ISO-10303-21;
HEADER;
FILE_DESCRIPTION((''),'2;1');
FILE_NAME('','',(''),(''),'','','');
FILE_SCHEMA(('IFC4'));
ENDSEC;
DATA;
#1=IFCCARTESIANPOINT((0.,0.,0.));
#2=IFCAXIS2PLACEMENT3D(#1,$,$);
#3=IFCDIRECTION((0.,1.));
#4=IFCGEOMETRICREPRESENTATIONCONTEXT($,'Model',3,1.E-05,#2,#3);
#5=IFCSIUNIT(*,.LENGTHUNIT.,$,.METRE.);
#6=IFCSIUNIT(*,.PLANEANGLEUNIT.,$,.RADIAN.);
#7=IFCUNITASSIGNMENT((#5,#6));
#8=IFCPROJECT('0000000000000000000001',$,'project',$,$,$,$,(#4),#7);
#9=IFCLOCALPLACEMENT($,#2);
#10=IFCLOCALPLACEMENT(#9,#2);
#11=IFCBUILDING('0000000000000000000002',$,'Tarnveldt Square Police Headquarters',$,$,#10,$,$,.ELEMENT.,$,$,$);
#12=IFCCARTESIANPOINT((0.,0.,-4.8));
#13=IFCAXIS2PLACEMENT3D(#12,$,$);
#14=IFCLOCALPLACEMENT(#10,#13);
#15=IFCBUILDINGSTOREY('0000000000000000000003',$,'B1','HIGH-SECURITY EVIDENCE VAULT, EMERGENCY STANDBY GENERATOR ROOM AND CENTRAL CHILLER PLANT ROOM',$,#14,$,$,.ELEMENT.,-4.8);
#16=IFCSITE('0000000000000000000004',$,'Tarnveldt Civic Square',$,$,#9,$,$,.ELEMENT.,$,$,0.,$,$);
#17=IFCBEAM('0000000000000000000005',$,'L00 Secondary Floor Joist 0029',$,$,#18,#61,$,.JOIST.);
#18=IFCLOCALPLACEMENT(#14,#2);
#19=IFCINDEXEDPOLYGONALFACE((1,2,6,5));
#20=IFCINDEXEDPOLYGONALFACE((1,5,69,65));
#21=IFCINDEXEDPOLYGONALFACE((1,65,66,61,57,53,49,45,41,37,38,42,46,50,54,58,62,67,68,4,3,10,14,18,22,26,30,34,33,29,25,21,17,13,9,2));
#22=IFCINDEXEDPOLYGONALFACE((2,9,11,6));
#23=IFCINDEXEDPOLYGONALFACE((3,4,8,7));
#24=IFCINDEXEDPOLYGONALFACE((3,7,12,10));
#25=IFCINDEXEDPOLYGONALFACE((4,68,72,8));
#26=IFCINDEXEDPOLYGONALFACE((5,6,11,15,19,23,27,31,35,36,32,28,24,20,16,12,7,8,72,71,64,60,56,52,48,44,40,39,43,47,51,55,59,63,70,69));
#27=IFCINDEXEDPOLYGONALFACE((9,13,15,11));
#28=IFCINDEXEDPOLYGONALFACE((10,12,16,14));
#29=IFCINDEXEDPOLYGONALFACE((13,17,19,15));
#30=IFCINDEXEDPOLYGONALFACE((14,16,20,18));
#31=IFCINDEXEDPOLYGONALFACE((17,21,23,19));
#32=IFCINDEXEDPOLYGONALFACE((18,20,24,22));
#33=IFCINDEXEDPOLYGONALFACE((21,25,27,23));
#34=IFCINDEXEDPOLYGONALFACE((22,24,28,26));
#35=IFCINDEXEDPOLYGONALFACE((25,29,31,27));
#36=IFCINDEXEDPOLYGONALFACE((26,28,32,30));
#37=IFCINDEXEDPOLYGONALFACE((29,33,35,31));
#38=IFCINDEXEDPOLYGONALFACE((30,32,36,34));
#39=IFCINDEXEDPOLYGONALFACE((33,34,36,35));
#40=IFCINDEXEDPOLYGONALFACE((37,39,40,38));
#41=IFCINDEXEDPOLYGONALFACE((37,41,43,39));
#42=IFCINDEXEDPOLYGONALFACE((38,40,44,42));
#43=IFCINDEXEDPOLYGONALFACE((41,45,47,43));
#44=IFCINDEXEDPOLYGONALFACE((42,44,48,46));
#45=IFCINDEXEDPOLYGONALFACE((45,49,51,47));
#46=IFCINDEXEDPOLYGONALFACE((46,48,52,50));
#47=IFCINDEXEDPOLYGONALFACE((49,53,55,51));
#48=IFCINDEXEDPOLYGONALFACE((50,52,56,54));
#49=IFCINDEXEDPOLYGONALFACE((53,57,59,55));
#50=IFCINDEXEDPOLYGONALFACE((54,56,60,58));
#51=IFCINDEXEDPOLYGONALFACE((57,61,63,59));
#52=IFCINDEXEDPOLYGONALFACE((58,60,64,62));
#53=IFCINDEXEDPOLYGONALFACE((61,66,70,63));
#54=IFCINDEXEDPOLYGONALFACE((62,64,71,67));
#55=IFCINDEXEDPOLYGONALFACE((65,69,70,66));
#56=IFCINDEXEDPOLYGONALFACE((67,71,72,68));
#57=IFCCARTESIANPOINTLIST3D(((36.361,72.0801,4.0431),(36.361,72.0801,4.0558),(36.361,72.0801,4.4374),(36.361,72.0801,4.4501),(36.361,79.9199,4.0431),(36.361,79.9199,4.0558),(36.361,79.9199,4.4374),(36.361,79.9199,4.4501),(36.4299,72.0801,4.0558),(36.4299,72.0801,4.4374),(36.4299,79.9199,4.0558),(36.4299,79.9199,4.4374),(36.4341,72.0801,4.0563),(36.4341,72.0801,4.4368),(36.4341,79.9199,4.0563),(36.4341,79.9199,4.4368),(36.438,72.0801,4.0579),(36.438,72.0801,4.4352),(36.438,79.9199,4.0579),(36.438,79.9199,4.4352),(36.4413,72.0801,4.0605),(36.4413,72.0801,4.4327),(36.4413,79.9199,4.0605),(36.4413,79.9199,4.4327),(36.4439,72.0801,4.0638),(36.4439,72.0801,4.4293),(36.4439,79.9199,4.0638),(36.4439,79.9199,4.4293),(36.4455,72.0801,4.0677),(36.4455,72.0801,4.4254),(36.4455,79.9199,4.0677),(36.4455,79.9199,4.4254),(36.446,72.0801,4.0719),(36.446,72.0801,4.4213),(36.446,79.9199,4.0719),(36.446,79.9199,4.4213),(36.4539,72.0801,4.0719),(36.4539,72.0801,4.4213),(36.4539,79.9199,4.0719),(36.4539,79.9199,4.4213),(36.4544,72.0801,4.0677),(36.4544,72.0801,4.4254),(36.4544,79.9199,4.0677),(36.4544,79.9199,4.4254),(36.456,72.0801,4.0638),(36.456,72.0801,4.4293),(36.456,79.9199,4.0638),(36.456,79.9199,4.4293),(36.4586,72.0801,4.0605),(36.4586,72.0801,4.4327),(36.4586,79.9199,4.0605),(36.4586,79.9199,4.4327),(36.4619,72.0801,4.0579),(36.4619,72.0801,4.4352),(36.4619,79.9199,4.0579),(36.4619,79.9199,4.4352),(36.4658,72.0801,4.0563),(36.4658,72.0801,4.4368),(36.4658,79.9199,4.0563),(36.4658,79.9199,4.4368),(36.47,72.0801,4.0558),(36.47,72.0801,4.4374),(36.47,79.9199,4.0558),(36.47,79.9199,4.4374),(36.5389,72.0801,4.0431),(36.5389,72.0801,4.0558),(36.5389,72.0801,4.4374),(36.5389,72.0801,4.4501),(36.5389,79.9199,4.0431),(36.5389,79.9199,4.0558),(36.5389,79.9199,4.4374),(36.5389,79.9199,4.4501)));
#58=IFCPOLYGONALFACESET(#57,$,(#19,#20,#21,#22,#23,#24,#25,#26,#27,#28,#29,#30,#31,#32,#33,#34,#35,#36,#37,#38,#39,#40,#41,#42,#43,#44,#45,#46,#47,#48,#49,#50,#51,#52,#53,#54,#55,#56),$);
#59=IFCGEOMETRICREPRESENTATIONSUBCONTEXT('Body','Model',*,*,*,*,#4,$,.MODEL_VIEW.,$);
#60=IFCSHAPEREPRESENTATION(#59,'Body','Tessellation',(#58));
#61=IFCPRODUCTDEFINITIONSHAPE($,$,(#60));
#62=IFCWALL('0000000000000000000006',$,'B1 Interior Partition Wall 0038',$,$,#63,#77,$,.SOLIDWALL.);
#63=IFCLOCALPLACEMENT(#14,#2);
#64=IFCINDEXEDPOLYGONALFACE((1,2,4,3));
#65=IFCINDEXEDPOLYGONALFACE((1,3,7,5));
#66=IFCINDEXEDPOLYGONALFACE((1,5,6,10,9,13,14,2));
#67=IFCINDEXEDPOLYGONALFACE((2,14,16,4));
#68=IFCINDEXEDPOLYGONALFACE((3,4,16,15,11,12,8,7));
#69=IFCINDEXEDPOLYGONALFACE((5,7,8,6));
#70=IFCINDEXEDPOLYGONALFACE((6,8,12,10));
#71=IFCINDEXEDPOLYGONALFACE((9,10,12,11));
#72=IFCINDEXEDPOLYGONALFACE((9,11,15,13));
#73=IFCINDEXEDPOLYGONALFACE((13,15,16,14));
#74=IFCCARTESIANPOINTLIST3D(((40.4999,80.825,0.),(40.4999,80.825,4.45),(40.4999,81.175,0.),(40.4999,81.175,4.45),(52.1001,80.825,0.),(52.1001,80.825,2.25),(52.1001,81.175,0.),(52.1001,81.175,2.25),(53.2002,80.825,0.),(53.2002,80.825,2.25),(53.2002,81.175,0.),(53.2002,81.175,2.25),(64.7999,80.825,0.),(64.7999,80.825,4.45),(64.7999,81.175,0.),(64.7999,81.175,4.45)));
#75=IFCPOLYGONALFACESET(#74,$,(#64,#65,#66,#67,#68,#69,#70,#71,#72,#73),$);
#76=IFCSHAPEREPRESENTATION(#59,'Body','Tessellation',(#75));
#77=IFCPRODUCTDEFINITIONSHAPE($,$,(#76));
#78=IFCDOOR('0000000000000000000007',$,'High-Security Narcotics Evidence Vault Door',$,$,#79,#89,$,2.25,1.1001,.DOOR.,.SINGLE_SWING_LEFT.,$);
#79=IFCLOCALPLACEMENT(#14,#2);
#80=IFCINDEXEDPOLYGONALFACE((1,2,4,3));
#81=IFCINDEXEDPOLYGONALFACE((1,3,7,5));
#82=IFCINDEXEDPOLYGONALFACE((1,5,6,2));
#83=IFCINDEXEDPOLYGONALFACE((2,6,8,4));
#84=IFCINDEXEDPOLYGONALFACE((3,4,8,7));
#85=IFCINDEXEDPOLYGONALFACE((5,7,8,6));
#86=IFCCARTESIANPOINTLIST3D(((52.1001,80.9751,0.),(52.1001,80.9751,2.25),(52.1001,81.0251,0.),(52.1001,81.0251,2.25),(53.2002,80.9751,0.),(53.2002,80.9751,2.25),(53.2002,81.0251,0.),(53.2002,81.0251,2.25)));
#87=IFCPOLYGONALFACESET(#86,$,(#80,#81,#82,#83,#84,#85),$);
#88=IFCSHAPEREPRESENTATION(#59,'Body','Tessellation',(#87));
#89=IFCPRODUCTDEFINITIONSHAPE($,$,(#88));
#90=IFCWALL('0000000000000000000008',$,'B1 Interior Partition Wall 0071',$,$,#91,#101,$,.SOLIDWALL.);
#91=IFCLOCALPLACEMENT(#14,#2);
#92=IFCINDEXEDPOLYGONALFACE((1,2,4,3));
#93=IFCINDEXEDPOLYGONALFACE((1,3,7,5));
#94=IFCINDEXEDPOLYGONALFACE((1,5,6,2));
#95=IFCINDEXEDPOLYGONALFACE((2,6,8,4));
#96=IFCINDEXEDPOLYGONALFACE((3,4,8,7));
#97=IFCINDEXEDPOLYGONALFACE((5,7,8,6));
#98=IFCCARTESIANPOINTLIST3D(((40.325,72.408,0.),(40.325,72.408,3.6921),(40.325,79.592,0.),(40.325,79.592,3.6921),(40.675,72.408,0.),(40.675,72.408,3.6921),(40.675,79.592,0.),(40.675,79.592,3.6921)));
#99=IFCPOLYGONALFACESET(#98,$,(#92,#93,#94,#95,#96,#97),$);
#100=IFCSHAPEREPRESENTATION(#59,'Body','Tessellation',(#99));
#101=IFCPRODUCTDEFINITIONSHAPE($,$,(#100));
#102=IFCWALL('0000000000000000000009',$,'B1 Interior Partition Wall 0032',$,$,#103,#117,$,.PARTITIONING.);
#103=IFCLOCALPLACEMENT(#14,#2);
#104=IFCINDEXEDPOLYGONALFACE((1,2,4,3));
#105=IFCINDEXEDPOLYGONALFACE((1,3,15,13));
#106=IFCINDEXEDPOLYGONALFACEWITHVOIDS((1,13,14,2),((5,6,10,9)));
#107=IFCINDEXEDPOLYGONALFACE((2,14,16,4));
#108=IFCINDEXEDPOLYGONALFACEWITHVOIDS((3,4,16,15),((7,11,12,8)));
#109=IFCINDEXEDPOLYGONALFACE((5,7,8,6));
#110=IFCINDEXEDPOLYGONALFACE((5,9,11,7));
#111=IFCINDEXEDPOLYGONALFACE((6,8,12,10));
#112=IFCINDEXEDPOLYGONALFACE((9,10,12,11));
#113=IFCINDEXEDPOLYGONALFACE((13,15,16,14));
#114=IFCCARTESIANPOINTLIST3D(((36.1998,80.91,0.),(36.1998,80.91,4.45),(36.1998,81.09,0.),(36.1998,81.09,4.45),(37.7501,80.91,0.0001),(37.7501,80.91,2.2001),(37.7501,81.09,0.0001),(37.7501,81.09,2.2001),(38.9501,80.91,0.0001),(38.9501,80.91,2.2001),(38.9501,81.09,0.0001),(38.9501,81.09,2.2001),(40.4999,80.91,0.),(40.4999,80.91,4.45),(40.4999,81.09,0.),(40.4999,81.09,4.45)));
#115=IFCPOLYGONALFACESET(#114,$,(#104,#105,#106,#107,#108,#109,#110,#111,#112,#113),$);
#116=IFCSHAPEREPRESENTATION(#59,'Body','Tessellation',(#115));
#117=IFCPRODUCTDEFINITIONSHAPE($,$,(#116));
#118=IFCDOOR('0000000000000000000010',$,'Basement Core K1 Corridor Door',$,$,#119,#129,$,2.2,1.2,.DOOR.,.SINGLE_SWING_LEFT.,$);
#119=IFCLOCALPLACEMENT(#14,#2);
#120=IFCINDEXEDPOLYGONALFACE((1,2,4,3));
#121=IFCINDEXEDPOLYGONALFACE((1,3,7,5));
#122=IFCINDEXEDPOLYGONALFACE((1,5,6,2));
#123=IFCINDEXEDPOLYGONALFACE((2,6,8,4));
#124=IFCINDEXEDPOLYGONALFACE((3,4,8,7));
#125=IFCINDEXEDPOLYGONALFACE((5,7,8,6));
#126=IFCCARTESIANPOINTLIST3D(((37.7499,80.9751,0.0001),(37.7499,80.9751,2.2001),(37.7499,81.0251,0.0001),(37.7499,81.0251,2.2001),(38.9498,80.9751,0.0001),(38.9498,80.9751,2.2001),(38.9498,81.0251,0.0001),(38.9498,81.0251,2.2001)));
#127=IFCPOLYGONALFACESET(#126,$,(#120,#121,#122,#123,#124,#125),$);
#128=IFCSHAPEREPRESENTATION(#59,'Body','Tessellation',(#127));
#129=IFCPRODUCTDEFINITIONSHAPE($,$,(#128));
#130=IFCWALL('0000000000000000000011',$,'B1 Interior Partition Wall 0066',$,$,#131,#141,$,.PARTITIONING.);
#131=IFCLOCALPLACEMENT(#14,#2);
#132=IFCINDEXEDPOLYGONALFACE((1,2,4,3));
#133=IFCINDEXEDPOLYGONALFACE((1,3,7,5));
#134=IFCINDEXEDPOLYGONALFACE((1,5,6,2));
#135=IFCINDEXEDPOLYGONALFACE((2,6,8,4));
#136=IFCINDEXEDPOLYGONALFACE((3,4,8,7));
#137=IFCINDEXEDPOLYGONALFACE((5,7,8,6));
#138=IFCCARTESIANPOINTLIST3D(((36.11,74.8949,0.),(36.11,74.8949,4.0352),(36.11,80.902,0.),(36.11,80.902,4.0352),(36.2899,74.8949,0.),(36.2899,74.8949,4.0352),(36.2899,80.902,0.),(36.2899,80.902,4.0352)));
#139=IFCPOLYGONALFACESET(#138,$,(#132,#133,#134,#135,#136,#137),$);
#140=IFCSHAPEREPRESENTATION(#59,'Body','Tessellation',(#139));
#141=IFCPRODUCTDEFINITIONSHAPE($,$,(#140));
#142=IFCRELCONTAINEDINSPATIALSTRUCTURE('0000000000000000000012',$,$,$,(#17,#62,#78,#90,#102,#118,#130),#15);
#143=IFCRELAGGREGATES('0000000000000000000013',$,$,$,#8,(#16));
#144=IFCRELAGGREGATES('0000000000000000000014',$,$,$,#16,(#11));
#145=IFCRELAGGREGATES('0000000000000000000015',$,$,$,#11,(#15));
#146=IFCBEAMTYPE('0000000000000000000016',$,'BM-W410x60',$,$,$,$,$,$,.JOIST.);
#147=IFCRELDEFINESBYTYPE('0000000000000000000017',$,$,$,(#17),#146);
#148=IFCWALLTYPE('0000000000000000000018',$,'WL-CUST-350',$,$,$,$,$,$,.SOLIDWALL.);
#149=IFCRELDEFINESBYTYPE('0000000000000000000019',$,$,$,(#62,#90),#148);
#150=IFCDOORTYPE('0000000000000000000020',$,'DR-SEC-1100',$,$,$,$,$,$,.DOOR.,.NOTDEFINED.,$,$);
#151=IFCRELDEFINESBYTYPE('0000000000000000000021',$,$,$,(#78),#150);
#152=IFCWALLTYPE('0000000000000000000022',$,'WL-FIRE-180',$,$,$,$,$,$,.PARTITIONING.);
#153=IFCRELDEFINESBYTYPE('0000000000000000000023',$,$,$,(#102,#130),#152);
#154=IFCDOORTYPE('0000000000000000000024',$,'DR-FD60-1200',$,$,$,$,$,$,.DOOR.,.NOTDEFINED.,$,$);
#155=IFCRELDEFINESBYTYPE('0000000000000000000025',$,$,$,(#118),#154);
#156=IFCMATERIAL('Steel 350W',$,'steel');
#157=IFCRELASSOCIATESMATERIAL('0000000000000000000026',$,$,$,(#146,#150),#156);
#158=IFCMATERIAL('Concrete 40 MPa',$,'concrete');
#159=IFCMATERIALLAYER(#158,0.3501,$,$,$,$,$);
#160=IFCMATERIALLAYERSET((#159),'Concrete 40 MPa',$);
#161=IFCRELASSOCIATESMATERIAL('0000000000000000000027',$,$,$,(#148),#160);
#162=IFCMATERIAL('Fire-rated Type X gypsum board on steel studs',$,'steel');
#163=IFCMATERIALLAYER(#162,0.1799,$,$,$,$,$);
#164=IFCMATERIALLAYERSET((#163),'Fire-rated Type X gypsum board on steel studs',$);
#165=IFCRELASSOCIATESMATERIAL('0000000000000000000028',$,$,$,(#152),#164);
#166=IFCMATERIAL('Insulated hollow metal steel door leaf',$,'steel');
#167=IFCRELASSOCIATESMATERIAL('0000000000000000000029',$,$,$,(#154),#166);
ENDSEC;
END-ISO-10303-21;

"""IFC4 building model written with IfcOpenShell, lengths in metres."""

from ifc_helpers import new_model, si_unit, direction, frame, frame_2d, origin, origin_2d, place, context, subcontext, project, spatial, rectangle, i_section, extrude, material, layer, layer_set, material_profile, profile_set, type_object, element, fill, save


model = new_model("IFC4")

# Units and contexts
model_context = context("Model", 3, precision=1e-05, world=origin(), true_north=direction((0.0, 1.0)))
body_context = subcontext(model_context, "Body", "Model", "MODEL_VIEW")
ifc_project = project(units=[si_unit("LENGTHUNIT", "METRE"), si_unit("PLANEANGLEUNIT", "RADIAN")], contexts=[model_context])

# Site, building, storey
site_placement = place(None, origin())
site = spatial("IfcSite", under=ifc_project, at=site_placement, Name="Tarnveldt Civic Square", CompositionType="ELEMENT", RefElevation=0.0)
building_placement = place(site_placement, origin())
building = spatial("IfcBuilding", under=site, at=building_placement, Name="Tarnveldt Square Police Headquarters", CompositionType="ELEMENT")
storey_placement = place(building_placement, frame((0.0, 0.0, -4.8)))
storey = spatial("IfcBuildingStorey", under=building, at=storey_placement, Name="B1", Description="HIGH-SECURITY EVIDENCE VAULT, EMERGENCY STANDBY GENERATOR ROOM AND CENTRAL CHILLER PLANT ROOM", CompositionType="ELEMENT", Elevation=-4.8)

# Beam
ifc_material_1 = material(Name="Concrete 40 MPa", Category="concrete")
ifc_material_2 = material(Name="Steel 350W", Category="steel")
ifc_material_profile_1 = material_profile(ifc_material_2, i_section(OverallWidth=0.178, OverallDepth=0.407, WebThickness=0.0078, FlangeThickness=0.0127, FilletRadius=0.0161, at=origin_2d()), Name="W410x60")
ifc_profile_set_1 = profile_set([ifc_material_profile_1], Name="Steel 350W")
beam_type_1 = type_object("IfcBeamType", Name="BM-W410x60", PredefinedType="JOIST", material=ifc_profile_set_1)
beam_1_placement = place(storey_placement, frame((36.45, 72.0801, 4.2466), z_axis=(0.0, 1.0, 0.0), x_axis=(-1.0, 0.0, 0.0)))
element("IfcBeam", 1, at=beam_1_placement, inside=storey, type_object=beam_type_1, Name="L00 Secondary Floor Joist 0029", PredefinedType="JOIST", context=body_context, shape_type="SweptSolid", body=[
    extrude(i_section(OverallWidth=0.178, OverallDepth=0.407, WebThickness=0.0078, FlangeThickness=0.0127, FilletRadius=0.0161, at=origin_2d()), origin(), (0.0, 0.0, 1.0), 7.8398),
])

# Wall, opening, door
ifc_layer_1 = layer(ifc_material_1, 0.3501)
ifc_layer_set_1 = layer_set([ifc_layer_1], Name="Concrete 40 MPa")
wall_type_1 = type_object("IfcWallType", Name="WL-CUST-350", PredefinedType="SOLIDWALL", material=ifc_layer_set_1)
wall_1_placement = place(storey_placement, frame((40.5, 81.0, 0.0), z_axis=(0.0, 0.0, 1.0), x_axis=(1.0, 0.0, 0.0)))
wall_1 = element("IfcWall", 2, at=wall_1_placement, inside=storey, type_object=wall_type_1, Name="B1 Interior Partition Wall 0038", PredefinedType="SOLIDWALL", context=body_context, shape_type="SweptSolid", body=[
    extrude(rectangle(XDim=24.3, YDim=0.3501, at=frame_2d((12.1499, 0.0))), origin(), (0.0, 0.0, 1.0), 4.45),
])
opening_1_placement = place(wall_1_placement, frame((11.6001, 0.0, 0.0)))
opening_1 = element("IfcOpeningElement", 3, at=opening_1_placement, cuts=wall_1, PredefinedType="OPENING", context=body_context, shape_type="SweptSolid", body=[
    extrude(rectangle(XDim=1.1001, YDim=2.25, at=frame_2d((0.55, 1.125))), frame((0.0, 0.1851, 0.0), z_axis=(0.0, -1.0, 0.0), x_axis=(1.0, 0.0, 0.0)), (0.0, 0.0, 1.0), 0.3701),
])
door_type_1 = type_object("IfcDoorType", Name="DR-SEC-1100", OperationType="NOTDEFINED", PredefinedType="DOOR", material=ifc_material_2)
door_1_placement = place(opening_1_placement, frame((1.1001, 0.0, 0.0), z_axis=(0.0, 0.0, 1.0), x_axis=(-1.0, 0.0, 0.0)))
door_1 = element("IfcDoor", 4, at=door_1_placement, inside=storey, type_object=door_type_1, Name="High-Security Narcotics Evidence Vault Door", OperationType="SINGLE_SWING_LEFT", OverallHeight=2.25, OverallWidth=1.1001, PredefinedType="DOOR", context=body_context, shape_type="SweptSolid", body=[
    extrude(rectangle(XDim=1.1001, YDim=2.25, at=frame_2d((0.55, 1.125))), frame((0.0, 0.0249, 0.0), z_axis=(0.0, -1.0, 0.0), x_axis=(1.0, 0.0, 0.0)), (0.0, 0.0, 1.0), 0.05),
])
fill(opening_1, door_1)

# Wall
wall_2_placement = place(storey_placement, frame((40.5, 72.408, 0.0), z_axis=(0.0, 0.0, 1.0), x_axis=(0.0, 1.0, 0.0)))
element("IfcWall", 5, at=wall_2_placement, inside=storey, type_object=wall_type_1, Name="B1 Interior Partition Wall 0071", PredefinedType="SOLIDWALL", context=body_context, shape_type="SweptSolid", body=[
    extrude(rectangle(XDim=7.1841, YDim=0.3501, at=frame_2d((3.592, 0.0))), origin(), (0.0, 0.0, 1.0), 3.6921),
])

# Wall, opening, door
ifc_material_3 = material(Name="Fire-rated Type X gypsum board on steel studs", Category="steel")
ifc_layer_2 = layer(ifc_material_3, 0.1799)
ifc_layer_set_2 = layer_set([ifc_layer_2], Name="Fire-rated Type X gypsum board on steel studs")
wall_type_2 = type_object("IfcWallType", Name="WL-FIRE-180", PredefinedType="PARTITIONING", material=ifc_layer_set_2)
wall_3_placement = place(storey_placement, frame((36.2, 81.0, 0.0), z_axis=(0.0, 0.0, 1.0), x_axis=(1.0, 0.0, 0.0)))
wall_3 = element("IfcWall", 6, at=wall_3_placement, inside=storey, type_object=wall_type_2, Name="B1 Interior Partition Wall 0032", PredefinedType="PARTITIONING", context=body_context, shape_type="SweptSolid", body=[
    extrude(rectangle(XDim=4.3, YDim=0.1799, at=frame_2d((2.1499, 0.0))), origin(), (0.0, 0.0, 1.0), 4.45),
])
opening_2_placement = place(wall_3_placement, frame((1.55, 0.0, 0.0)))
opening_2 = element("IfcOpeningElement", 7, at=opening_2_placement, cuts=wall_3, PredefinedType="OPENING", context=body_context, shape_type="SweptSolid", body=[
    extrude(rectangle(XDim=1.2, YDim=2.2, at=frame_2d((0.6001, 1.1001))), frame((0.0, 0.0999, 0.0), z_axis=(0.0, -1.0, 0.0), x_axis=(1.0, 0.0, 0.0)), (0.0, 0.0, 1.0), 0.2),
])
ifc_material_4 = material(Name="Insulated hollow metal steel door leaf", Category="steel")
door_type_2 = type_object("IfcDoorType", Name="DR-FD60-1200", OperationType="NOTDEFINED", PredefinedType="DOOR", material=ifc_material_4)
door_2_placement = place(opening_2_placement, frame((1.2, 0.0, 0.0), z_axis=(0.0, 0.0, 1.0), x_axis=(-1.0, 0.0, 0.0)))
door_2 = element("IfcDoor", 8, at=door_2_placement, inside=storey, type_object=door_type_2, Name="Basement Core K1 Corridor Door", OperationType="SINGLE_SWING_LEFT", OverallHeight=2.2, OverallWidth=1.2, PredefinedType="DOOR", context=body_context, shape_type="SweptSolid", body=[
    extrude(rectangle(XDim=1.2, YDim=2.2, at=frame_2d((0.6001, 1.1001))), frame((0.0, 0.0249, 0.0), z_axis=(0.0, -1.0, 0.0), x_axis=(1.0, 0.0, 0.0)), (0.0, 0.0, 1.0), 0.05),
])
fill(opening_2, door_2)

# Wall
wall_4_placement = place(storey_placement, frame((36.2, 74.895, 0.0), z_axis=(0.0, 0.0, 1.0), x_axis=(0.0, 1.0, 0.0)))
element("IfcWall", 9, at=wall_4_placement, inside=storey, type_object=wall_type_2, Name="B1 Interior Partition Wall 0066", PredefinedType="PARTITIONING", context=body_context, shape_type="SweptSolid", body=[
    extrude(rectangle(XDim=6.0071, YDim=0.1799, at=frame_2d((3.0034, 0.0))), origin(), (0.0, 0.0, 1.0), 4.0352),
])

save(model, "model.ifc")
